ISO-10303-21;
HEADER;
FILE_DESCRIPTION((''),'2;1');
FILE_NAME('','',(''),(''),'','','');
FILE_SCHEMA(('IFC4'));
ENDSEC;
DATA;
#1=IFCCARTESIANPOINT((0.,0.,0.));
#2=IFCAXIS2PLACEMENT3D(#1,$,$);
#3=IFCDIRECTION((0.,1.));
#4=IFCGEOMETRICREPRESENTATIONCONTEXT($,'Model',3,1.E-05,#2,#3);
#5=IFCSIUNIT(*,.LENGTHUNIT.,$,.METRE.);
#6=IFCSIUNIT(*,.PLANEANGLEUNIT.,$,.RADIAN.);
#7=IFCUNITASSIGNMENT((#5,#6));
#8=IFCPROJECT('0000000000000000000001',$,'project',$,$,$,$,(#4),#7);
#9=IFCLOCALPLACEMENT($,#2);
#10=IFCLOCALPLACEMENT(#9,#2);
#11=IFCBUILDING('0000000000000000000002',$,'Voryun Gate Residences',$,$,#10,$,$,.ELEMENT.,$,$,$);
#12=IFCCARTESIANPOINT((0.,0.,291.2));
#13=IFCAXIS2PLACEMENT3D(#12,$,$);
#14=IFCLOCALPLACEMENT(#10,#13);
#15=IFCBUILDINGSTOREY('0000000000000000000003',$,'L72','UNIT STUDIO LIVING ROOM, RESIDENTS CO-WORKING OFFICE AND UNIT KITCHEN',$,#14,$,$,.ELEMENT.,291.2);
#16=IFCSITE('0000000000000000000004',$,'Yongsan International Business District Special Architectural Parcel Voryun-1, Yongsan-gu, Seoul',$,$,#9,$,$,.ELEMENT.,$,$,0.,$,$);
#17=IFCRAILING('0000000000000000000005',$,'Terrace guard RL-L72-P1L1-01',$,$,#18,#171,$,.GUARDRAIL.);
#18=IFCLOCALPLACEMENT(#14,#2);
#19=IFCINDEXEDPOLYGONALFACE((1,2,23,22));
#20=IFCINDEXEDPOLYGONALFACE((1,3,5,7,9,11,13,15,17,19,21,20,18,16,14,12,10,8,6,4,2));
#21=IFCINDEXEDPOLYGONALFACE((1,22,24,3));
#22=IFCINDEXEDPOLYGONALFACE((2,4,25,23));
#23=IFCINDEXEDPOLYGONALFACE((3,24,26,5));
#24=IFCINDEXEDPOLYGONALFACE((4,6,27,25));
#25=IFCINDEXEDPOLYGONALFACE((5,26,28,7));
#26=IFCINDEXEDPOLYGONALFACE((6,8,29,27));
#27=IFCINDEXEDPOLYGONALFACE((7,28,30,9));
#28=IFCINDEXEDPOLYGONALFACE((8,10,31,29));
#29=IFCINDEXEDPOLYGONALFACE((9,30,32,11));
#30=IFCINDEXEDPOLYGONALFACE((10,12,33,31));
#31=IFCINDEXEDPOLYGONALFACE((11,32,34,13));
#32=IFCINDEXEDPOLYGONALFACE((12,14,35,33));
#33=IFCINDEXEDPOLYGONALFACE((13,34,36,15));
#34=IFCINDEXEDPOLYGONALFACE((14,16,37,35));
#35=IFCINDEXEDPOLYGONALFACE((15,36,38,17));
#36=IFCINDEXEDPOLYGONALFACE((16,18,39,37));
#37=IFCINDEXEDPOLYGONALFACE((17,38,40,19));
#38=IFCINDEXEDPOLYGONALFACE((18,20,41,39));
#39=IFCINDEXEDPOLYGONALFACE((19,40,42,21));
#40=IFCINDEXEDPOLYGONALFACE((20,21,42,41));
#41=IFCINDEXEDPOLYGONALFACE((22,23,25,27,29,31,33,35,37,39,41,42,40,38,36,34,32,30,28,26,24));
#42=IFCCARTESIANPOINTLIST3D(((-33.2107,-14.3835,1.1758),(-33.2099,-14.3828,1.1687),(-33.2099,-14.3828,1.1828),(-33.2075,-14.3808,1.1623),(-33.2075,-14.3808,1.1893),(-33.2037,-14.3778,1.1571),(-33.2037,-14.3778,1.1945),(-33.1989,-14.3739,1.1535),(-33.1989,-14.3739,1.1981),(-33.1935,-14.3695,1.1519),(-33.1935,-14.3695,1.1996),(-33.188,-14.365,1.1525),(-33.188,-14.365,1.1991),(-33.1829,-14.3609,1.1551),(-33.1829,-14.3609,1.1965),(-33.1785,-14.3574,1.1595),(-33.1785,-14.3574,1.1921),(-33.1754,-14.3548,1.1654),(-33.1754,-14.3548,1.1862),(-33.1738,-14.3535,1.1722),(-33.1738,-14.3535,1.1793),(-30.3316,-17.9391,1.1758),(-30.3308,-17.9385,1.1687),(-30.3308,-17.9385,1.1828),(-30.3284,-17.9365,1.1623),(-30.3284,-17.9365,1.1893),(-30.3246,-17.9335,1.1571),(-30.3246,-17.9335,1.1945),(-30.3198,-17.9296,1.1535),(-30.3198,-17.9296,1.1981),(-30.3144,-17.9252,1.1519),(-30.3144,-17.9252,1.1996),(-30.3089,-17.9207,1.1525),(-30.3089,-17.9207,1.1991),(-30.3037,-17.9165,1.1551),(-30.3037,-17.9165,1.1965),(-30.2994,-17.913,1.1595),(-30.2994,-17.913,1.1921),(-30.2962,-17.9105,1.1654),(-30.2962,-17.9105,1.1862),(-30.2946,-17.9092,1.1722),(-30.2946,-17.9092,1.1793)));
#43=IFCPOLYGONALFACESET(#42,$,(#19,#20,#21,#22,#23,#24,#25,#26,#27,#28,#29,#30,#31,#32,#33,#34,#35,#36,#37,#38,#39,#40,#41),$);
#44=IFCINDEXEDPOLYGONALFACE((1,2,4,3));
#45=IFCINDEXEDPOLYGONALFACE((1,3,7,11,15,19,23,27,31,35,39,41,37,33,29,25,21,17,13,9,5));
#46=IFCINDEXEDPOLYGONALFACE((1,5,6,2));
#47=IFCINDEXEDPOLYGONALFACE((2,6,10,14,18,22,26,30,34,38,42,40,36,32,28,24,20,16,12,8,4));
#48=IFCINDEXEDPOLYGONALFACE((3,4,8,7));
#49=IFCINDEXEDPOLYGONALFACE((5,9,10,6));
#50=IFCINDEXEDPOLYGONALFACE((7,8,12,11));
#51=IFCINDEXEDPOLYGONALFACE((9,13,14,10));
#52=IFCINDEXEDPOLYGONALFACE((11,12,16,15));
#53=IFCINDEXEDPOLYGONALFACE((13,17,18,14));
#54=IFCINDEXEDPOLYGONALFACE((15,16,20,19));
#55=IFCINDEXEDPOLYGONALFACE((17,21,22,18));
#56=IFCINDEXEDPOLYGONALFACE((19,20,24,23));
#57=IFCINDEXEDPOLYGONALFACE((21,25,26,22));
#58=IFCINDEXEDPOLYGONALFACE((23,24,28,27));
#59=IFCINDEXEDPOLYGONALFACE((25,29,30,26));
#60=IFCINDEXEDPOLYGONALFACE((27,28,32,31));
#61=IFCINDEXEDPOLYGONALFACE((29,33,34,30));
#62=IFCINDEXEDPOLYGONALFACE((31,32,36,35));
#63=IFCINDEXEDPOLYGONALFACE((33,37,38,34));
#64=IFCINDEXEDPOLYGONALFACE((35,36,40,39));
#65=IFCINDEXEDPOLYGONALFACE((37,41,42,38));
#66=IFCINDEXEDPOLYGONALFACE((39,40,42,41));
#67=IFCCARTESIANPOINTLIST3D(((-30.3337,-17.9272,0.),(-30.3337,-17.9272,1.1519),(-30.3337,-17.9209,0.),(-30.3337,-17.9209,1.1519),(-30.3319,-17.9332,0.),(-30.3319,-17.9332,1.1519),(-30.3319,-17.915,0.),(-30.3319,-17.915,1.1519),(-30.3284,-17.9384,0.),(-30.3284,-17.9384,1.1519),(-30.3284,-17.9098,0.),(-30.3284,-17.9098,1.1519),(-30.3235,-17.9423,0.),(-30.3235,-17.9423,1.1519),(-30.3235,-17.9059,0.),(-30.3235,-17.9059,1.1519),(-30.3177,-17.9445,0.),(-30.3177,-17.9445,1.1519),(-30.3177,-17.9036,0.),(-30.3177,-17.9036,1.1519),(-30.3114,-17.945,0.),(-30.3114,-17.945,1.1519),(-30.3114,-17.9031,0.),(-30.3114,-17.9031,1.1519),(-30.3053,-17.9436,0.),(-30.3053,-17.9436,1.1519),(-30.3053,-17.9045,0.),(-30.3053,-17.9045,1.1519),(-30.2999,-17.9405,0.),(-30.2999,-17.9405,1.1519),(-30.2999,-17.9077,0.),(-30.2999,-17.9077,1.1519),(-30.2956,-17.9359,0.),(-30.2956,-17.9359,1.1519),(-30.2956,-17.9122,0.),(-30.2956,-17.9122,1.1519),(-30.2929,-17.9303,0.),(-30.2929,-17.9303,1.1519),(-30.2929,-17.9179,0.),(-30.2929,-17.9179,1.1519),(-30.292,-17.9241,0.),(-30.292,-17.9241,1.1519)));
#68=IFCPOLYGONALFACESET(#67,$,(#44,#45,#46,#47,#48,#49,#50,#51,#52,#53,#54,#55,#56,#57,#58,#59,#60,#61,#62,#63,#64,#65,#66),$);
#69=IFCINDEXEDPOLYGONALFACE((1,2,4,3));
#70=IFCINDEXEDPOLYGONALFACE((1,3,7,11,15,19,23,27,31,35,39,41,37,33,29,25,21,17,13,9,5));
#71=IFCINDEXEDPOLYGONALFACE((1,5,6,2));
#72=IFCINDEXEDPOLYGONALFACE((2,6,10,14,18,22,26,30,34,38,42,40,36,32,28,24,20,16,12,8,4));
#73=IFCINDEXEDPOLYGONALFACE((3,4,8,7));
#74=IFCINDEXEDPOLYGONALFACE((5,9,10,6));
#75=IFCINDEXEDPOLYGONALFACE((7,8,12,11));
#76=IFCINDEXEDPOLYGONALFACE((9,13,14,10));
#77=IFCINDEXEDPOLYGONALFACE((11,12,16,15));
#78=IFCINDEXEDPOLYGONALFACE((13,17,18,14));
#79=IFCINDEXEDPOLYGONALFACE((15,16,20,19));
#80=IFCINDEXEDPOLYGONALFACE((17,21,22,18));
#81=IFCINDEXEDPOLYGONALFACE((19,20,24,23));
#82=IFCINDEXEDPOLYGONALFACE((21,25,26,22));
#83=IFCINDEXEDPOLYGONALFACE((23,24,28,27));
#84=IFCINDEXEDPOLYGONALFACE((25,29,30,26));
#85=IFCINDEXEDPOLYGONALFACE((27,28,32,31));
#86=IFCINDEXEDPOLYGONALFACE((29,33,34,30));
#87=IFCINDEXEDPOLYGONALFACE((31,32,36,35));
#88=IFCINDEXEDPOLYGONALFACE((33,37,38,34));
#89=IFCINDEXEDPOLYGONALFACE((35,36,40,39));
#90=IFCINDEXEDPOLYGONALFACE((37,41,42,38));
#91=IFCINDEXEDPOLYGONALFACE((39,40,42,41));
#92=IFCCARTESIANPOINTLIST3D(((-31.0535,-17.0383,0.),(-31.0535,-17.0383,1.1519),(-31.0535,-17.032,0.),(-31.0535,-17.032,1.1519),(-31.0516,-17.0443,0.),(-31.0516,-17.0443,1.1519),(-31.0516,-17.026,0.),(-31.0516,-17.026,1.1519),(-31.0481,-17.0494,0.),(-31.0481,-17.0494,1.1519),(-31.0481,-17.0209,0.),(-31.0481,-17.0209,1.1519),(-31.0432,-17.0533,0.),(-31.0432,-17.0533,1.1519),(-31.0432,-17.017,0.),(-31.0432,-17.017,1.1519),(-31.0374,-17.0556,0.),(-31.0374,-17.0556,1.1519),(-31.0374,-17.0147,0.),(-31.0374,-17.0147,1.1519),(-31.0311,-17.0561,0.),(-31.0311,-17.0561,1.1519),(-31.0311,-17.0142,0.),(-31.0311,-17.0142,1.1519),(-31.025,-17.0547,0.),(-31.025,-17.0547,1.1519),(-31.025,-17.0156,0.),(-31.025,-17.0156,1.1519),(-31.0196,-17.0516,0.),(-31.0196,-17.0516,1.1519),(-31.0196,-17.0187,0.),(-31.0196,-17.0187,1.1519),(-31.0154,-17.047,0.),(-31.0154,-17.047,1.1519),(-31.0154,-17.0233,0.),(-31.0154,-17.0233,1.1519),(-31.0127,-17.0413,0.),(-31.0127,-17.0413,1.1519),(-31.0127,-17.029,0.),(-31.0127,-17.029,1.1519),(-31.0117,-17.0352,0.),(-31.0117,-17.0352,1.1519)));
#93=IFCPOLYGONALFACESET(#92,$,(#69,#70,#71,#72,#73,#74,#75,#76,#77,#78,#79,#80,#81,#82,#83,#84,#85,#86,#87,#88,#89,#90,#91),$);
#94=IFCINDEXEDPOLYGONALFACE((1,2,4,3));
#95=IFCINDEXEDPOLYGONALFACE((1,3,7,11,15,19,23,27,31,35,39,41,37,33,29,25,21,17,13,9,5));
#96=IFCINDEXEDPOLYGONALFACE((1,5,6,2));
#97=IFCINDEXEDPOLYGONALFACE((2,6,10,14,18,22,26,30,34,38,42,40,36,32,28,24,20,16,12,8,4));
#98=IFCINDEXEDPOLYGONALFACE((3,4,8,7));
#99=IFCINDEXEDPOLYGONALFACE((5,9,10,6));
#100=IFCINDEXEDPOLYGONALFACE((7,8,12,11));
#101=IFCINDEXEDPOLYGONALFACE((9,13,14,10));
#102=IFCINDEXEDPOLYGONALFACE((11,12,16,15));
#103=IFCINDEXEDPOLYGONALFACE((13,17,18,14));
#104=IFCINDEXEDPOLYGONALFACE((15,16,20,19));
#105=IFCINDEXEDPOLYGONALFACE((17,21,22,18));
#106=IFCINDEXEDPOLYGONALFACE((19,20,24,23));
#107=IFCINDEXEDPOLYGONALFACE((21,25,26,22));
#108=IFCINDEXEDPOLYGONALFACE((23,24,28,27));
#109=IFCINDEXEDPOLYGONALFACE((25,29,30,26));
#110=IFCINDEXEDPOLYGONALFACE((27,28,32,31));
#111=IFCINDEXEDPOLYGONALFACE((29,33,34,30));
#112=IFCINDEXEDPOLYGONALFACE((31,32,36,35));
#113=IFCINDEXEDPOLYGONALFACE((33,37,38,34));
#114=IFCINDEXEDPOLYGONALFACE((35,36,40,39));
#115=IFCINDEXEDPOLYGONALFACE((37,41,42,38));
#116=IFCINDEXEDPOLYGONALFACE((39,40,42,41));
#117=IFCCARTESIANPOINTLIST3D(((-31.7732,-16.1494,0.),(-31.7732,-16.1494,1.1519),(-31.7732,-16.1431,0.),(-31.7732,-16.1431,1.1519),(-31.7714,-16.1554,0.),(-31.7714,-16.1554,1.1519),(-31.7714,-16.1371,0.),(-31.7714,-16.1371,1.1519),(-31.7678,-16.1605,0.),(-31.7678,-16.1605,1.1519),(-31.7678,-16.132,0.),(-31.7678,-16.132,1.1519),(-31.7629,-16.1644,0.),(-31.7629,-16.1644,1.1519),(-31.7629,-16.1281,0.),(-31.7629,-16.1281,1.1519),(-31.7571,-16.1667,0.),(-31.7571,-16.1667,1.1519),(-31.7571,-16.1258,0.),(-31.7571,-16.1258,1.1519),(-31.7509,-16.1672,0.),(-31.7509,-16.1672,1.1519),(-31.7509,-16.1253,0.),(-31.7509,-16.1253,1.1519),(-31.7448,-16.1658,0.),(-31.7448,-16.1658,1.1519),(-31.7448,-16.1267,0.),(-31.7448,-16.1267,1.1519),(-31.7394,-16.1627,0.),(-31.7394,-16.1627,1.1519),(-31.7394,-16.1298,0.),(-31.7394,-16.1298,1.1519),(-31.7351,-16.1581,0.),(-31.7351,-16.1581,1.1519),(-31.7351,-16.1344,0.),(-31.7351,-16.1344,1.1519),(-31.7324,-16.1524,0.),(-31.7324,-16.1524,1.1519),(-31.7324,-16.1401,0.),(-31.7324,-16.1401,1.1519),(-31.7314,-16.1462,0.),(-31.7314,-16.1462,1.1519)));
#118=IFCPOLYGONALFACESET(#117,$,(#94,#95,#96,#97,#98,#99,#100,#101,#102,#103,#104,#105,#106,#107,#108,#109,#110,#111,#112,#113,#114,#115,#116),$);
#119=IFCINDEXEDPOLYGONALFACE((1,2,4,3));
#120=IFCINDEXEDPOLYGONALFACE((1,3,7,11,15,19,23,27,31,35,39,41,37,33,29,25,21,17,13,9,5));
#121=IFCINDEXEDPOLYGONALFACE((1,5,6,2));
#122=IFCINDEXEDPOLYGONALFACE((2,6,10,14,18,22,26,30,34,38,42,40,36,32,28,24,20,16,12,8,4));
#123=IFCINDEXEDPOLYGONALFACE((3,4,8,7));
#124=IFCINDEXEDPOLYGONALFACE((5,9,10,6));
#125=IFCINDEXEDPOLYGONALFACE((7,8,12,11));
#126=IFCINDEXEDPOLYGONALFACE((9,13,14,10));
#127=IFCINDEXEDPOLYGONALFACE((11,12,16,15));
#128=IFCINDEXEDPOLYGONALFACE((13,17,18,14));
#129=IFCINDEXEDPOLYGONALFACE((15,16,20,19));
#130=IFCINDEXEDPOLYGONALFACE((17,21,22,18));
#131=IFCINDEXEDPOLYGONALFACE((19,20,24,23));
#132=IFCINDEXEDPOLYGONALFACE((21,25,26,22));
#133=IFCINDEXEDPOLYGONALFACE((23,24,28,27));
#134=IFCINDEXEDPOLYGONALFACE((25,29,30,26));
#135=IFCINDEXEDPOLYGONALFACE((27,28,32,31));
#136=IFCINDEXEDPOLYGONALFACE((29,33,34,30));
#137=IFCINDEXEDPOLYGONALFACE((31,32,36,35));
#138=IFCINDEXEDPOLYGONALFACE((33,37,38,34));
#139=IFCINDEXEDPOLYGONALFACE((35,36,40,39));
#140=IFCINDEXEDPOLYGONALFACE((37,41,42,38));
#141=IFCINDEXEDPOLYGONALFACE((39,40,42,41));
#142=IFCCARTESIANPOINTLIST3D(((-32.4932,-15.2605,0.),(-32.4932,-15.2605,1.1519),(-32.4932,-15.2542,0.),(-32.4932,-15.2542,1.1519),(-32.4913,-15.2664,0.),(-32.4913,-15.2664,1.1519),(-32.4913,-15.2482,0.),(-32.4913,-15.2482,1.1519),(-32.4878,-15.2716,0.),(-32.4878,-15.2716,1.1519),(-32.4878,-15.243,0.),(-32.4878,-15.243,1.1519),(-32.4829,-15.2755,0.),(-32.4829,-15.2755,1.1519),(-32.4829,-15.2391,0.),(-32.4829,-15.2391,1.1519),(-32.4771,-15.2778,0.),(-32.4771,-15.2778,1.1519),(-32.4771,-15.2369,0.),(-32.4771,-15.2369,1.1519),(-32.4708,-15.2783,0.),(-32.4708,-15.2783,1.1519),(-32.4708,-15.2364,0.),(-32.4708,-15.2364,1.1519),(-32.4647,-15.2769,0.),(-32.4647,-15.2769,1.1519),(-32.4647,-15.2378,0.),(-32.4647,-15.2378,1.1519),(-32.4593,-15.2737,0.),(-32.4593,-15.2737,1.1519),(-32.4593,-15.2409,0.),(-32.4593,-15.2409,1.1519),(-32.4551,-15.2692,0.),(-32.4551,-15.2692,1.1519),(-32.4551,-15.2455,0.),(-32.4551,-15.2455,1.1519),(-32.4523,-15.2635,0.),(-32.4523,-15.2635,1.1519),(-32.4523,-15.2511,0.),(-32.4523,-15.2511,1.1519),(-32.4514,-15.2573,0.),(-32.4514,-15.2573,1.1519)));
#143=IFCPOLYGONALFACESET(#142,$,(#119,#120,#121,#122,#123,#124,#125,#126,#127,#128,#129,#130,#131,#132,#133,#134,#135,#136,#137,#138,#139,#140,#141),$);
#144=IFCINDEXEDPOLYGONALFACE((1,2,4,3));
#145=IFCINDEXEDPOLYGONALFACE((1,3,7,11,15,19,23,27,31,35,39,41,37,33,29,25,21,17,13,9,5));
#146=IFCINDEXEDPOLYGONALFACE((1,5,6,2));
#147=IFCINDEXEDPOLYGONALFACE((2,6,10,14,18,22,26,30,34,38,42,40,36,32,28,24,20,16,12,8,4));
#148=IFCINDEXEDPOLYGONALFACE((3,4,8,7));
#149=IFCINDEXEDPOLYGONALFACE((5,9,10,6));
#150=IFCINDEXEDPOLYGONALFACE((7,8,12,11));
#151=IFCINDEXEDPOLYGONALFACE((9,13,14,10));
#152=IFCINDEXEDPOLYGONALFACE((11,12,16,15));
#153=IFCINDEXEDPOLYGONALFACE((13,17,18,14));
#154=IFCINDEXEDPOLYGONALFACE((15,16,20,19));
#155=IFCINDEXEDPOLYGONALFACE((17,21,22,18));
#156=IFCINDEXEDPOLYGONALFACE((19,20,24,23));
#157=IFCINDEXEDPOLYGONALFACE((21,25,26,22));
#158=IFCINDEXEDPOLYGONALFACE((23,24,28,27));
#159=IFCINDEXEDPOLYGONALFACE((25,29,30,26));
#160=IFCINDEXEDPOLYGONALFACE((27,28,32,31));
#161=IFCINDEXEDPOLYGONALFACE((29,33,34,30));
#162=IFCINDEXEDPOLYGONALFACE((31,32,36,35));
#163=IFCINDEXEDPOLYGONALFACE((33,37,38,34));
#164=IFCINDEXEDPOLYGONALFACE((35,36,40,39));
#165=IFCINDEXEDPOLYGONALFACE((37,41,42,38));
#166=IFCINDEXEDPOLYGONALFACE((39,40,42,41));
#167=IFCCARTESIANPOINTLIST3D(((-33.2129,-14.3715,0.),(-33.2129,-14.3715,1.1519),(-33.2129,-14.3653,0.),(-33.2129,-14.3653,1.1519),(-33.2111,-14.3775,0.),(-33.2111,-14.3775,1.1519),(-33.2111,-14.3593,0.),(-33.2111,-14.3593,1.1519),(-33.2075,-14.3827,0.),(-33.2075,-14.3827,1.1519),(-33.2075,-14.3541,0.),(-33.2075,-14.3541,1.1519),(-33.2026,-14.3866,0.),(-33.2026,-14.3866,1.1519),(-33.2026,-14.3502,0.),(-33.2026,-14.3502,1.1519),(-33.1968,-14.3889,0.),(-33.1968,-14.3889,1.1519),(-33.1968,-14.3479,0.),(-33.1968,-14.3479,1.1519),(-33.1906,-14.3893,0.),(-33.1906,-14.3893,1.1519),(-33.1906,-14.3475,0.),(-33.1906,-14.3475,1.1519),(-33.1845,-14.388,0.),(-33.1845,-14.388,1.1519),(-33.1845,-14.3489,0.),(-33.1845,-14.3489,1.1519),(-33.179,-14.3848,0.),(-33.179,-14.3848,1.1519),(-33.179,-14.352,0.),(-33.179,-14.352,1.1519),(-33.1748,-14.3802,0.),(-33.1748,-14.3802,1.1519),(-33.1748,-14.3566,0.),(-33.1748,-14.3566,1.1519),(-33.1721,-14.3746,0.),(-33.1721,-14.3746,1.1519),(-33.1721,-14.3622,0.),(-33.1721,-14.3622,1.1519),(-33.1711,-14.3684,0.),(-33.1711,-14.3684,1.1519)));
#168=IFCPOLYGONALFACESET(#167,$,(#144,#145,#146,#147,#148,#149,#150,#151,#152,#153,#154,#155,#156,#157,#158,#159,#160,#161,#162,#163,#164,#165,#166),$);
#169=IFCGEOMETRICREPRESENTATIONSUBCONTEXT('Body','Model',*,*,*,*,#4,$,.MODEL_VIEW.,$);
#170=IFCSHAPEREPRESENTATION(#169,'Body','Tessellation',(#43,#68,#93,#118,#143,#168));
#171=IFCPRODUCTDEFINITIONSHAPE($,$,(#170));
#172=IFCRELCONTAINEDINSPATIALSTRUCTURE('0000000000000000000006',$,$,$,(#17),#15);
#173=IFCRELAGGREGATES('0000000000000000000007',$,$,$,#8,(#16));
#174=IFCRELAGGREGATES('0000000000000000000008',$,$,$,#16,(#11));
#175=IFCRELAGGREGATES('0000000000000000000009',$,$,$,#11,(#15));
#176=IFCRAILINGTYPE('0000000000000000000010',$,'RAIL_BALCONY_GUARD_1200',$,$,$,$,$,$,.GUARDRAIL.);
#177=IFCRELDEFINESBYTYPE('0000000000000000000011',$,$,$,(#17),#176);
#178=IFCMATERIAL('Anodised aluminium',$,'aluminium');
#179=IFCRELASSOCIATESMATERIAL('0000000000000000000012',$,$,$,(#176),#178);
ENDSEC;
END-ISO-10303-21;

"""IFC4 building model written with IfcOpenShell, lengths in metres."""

from ifc_helpers import new_model, si_unit, direction, frame, origin, origin_2d, place, context, subcontext, project, spatial, circle, extrude, material, type_object, element, save


model = new_model("IFC4")

# Units and contexts
model_context = context("Model", 3, precision=1e-05, world=origin(), true_north=direction((0.0, 1.0)))
body_context = subcontext(model_context, "Body", "Model", "MODEL_VIEW")
ifc_project = project(units=[si_unit("LENGTHUNIT", "METRE"), si_unit("PLANEANGLEUNIT", "RADIAN")], contexts=[model_context])

# Site, building, storey
site_placement = place(None, origin())
site = spatial("IfcSite", under=ifc_project, at=site_placement, Name="Yongsan International Business District Special Architectural Parcel Voryun-1, Yongsan-gu, Seoul", CompositionType="ELEMENT", RefElevation=0.0)
building_placement = place(site_placement, origin())
building = spatial("IfcBuilding", under=site, at=building_placement, Name="Voryun Gate Residences", CompositionType="ELEMENT")
storey_placement = place(building_placement, frame((0.0, 0.0, 291.2)))
storey = spatial("IfcBuildingStorey", under=building, at=storey_placement, Name="L72", Description="UNIT STUDIO LIVING ROOM, RESIDENTS CO-WORKING OFFICE AND UNIT KITCHEN", CompositionType="ELEMENT", Elevation=291.2)

# Railing
ifc_material_1 = material(Name="Anodised aluminium", Category="aluminium")
railing_type = type_object("IfcRailingType", Name="RAIL_BALCONY_GUARD_1200", PredefinedType="GUARDRAIL", material=ifc_material_1)
railing_1_placement = place(storey_placement, frame((-30.313, -17.9241, 0.0)))
element("IfcRailing", 1, at=railing_1_placement, inside=storey, type_object=railing_type, Name="Terrace guard RL-L72-P1L1-01", PredefinedType="GUARDRAIL", context=body_context, shape_type="SweptSolid", body=[
    extrude(circle(Radius=0.0239, at=origin_2d()), frame((0.0, 0.0, 1.1758), z_axis=(-0.629298, 0.777164, 0.0), x_axis=(-0.777164, -0.629298, 0.0)), (0.0, 0.0, 1.0), 4.5752),
    extrude(circle(Radius=0.021, at=origin_2d()), origin(), (0.0, 0.0, 1.0), 1.1519),
    extrude(circle(Radius=0.021, at=origin_2d()), frame((-0.7197, 0.8889, 0.0)), (0.0, 0.0, 1.0), 1.1519),
    extrude(circle(Radius=0.021, at=origin_2d()), frame((-1.4395, 1.7778, 0.0)), (0.0, 0.0, 1.0), 1.1519),
    extrude(circle(Radius=0.021, at=origin_2d()), frame((-2.1594, 2.6667, 0.0)), (0.0, 0.0, 1.0), 1.1519),
    extrude(circle(Radius=0.021, at=origin_2d()), frame((-2.8792, 3.5557, 0.0)), (0.0, 0.0, 1.0), 1.1519),
])

save(model, "model.ifc")
